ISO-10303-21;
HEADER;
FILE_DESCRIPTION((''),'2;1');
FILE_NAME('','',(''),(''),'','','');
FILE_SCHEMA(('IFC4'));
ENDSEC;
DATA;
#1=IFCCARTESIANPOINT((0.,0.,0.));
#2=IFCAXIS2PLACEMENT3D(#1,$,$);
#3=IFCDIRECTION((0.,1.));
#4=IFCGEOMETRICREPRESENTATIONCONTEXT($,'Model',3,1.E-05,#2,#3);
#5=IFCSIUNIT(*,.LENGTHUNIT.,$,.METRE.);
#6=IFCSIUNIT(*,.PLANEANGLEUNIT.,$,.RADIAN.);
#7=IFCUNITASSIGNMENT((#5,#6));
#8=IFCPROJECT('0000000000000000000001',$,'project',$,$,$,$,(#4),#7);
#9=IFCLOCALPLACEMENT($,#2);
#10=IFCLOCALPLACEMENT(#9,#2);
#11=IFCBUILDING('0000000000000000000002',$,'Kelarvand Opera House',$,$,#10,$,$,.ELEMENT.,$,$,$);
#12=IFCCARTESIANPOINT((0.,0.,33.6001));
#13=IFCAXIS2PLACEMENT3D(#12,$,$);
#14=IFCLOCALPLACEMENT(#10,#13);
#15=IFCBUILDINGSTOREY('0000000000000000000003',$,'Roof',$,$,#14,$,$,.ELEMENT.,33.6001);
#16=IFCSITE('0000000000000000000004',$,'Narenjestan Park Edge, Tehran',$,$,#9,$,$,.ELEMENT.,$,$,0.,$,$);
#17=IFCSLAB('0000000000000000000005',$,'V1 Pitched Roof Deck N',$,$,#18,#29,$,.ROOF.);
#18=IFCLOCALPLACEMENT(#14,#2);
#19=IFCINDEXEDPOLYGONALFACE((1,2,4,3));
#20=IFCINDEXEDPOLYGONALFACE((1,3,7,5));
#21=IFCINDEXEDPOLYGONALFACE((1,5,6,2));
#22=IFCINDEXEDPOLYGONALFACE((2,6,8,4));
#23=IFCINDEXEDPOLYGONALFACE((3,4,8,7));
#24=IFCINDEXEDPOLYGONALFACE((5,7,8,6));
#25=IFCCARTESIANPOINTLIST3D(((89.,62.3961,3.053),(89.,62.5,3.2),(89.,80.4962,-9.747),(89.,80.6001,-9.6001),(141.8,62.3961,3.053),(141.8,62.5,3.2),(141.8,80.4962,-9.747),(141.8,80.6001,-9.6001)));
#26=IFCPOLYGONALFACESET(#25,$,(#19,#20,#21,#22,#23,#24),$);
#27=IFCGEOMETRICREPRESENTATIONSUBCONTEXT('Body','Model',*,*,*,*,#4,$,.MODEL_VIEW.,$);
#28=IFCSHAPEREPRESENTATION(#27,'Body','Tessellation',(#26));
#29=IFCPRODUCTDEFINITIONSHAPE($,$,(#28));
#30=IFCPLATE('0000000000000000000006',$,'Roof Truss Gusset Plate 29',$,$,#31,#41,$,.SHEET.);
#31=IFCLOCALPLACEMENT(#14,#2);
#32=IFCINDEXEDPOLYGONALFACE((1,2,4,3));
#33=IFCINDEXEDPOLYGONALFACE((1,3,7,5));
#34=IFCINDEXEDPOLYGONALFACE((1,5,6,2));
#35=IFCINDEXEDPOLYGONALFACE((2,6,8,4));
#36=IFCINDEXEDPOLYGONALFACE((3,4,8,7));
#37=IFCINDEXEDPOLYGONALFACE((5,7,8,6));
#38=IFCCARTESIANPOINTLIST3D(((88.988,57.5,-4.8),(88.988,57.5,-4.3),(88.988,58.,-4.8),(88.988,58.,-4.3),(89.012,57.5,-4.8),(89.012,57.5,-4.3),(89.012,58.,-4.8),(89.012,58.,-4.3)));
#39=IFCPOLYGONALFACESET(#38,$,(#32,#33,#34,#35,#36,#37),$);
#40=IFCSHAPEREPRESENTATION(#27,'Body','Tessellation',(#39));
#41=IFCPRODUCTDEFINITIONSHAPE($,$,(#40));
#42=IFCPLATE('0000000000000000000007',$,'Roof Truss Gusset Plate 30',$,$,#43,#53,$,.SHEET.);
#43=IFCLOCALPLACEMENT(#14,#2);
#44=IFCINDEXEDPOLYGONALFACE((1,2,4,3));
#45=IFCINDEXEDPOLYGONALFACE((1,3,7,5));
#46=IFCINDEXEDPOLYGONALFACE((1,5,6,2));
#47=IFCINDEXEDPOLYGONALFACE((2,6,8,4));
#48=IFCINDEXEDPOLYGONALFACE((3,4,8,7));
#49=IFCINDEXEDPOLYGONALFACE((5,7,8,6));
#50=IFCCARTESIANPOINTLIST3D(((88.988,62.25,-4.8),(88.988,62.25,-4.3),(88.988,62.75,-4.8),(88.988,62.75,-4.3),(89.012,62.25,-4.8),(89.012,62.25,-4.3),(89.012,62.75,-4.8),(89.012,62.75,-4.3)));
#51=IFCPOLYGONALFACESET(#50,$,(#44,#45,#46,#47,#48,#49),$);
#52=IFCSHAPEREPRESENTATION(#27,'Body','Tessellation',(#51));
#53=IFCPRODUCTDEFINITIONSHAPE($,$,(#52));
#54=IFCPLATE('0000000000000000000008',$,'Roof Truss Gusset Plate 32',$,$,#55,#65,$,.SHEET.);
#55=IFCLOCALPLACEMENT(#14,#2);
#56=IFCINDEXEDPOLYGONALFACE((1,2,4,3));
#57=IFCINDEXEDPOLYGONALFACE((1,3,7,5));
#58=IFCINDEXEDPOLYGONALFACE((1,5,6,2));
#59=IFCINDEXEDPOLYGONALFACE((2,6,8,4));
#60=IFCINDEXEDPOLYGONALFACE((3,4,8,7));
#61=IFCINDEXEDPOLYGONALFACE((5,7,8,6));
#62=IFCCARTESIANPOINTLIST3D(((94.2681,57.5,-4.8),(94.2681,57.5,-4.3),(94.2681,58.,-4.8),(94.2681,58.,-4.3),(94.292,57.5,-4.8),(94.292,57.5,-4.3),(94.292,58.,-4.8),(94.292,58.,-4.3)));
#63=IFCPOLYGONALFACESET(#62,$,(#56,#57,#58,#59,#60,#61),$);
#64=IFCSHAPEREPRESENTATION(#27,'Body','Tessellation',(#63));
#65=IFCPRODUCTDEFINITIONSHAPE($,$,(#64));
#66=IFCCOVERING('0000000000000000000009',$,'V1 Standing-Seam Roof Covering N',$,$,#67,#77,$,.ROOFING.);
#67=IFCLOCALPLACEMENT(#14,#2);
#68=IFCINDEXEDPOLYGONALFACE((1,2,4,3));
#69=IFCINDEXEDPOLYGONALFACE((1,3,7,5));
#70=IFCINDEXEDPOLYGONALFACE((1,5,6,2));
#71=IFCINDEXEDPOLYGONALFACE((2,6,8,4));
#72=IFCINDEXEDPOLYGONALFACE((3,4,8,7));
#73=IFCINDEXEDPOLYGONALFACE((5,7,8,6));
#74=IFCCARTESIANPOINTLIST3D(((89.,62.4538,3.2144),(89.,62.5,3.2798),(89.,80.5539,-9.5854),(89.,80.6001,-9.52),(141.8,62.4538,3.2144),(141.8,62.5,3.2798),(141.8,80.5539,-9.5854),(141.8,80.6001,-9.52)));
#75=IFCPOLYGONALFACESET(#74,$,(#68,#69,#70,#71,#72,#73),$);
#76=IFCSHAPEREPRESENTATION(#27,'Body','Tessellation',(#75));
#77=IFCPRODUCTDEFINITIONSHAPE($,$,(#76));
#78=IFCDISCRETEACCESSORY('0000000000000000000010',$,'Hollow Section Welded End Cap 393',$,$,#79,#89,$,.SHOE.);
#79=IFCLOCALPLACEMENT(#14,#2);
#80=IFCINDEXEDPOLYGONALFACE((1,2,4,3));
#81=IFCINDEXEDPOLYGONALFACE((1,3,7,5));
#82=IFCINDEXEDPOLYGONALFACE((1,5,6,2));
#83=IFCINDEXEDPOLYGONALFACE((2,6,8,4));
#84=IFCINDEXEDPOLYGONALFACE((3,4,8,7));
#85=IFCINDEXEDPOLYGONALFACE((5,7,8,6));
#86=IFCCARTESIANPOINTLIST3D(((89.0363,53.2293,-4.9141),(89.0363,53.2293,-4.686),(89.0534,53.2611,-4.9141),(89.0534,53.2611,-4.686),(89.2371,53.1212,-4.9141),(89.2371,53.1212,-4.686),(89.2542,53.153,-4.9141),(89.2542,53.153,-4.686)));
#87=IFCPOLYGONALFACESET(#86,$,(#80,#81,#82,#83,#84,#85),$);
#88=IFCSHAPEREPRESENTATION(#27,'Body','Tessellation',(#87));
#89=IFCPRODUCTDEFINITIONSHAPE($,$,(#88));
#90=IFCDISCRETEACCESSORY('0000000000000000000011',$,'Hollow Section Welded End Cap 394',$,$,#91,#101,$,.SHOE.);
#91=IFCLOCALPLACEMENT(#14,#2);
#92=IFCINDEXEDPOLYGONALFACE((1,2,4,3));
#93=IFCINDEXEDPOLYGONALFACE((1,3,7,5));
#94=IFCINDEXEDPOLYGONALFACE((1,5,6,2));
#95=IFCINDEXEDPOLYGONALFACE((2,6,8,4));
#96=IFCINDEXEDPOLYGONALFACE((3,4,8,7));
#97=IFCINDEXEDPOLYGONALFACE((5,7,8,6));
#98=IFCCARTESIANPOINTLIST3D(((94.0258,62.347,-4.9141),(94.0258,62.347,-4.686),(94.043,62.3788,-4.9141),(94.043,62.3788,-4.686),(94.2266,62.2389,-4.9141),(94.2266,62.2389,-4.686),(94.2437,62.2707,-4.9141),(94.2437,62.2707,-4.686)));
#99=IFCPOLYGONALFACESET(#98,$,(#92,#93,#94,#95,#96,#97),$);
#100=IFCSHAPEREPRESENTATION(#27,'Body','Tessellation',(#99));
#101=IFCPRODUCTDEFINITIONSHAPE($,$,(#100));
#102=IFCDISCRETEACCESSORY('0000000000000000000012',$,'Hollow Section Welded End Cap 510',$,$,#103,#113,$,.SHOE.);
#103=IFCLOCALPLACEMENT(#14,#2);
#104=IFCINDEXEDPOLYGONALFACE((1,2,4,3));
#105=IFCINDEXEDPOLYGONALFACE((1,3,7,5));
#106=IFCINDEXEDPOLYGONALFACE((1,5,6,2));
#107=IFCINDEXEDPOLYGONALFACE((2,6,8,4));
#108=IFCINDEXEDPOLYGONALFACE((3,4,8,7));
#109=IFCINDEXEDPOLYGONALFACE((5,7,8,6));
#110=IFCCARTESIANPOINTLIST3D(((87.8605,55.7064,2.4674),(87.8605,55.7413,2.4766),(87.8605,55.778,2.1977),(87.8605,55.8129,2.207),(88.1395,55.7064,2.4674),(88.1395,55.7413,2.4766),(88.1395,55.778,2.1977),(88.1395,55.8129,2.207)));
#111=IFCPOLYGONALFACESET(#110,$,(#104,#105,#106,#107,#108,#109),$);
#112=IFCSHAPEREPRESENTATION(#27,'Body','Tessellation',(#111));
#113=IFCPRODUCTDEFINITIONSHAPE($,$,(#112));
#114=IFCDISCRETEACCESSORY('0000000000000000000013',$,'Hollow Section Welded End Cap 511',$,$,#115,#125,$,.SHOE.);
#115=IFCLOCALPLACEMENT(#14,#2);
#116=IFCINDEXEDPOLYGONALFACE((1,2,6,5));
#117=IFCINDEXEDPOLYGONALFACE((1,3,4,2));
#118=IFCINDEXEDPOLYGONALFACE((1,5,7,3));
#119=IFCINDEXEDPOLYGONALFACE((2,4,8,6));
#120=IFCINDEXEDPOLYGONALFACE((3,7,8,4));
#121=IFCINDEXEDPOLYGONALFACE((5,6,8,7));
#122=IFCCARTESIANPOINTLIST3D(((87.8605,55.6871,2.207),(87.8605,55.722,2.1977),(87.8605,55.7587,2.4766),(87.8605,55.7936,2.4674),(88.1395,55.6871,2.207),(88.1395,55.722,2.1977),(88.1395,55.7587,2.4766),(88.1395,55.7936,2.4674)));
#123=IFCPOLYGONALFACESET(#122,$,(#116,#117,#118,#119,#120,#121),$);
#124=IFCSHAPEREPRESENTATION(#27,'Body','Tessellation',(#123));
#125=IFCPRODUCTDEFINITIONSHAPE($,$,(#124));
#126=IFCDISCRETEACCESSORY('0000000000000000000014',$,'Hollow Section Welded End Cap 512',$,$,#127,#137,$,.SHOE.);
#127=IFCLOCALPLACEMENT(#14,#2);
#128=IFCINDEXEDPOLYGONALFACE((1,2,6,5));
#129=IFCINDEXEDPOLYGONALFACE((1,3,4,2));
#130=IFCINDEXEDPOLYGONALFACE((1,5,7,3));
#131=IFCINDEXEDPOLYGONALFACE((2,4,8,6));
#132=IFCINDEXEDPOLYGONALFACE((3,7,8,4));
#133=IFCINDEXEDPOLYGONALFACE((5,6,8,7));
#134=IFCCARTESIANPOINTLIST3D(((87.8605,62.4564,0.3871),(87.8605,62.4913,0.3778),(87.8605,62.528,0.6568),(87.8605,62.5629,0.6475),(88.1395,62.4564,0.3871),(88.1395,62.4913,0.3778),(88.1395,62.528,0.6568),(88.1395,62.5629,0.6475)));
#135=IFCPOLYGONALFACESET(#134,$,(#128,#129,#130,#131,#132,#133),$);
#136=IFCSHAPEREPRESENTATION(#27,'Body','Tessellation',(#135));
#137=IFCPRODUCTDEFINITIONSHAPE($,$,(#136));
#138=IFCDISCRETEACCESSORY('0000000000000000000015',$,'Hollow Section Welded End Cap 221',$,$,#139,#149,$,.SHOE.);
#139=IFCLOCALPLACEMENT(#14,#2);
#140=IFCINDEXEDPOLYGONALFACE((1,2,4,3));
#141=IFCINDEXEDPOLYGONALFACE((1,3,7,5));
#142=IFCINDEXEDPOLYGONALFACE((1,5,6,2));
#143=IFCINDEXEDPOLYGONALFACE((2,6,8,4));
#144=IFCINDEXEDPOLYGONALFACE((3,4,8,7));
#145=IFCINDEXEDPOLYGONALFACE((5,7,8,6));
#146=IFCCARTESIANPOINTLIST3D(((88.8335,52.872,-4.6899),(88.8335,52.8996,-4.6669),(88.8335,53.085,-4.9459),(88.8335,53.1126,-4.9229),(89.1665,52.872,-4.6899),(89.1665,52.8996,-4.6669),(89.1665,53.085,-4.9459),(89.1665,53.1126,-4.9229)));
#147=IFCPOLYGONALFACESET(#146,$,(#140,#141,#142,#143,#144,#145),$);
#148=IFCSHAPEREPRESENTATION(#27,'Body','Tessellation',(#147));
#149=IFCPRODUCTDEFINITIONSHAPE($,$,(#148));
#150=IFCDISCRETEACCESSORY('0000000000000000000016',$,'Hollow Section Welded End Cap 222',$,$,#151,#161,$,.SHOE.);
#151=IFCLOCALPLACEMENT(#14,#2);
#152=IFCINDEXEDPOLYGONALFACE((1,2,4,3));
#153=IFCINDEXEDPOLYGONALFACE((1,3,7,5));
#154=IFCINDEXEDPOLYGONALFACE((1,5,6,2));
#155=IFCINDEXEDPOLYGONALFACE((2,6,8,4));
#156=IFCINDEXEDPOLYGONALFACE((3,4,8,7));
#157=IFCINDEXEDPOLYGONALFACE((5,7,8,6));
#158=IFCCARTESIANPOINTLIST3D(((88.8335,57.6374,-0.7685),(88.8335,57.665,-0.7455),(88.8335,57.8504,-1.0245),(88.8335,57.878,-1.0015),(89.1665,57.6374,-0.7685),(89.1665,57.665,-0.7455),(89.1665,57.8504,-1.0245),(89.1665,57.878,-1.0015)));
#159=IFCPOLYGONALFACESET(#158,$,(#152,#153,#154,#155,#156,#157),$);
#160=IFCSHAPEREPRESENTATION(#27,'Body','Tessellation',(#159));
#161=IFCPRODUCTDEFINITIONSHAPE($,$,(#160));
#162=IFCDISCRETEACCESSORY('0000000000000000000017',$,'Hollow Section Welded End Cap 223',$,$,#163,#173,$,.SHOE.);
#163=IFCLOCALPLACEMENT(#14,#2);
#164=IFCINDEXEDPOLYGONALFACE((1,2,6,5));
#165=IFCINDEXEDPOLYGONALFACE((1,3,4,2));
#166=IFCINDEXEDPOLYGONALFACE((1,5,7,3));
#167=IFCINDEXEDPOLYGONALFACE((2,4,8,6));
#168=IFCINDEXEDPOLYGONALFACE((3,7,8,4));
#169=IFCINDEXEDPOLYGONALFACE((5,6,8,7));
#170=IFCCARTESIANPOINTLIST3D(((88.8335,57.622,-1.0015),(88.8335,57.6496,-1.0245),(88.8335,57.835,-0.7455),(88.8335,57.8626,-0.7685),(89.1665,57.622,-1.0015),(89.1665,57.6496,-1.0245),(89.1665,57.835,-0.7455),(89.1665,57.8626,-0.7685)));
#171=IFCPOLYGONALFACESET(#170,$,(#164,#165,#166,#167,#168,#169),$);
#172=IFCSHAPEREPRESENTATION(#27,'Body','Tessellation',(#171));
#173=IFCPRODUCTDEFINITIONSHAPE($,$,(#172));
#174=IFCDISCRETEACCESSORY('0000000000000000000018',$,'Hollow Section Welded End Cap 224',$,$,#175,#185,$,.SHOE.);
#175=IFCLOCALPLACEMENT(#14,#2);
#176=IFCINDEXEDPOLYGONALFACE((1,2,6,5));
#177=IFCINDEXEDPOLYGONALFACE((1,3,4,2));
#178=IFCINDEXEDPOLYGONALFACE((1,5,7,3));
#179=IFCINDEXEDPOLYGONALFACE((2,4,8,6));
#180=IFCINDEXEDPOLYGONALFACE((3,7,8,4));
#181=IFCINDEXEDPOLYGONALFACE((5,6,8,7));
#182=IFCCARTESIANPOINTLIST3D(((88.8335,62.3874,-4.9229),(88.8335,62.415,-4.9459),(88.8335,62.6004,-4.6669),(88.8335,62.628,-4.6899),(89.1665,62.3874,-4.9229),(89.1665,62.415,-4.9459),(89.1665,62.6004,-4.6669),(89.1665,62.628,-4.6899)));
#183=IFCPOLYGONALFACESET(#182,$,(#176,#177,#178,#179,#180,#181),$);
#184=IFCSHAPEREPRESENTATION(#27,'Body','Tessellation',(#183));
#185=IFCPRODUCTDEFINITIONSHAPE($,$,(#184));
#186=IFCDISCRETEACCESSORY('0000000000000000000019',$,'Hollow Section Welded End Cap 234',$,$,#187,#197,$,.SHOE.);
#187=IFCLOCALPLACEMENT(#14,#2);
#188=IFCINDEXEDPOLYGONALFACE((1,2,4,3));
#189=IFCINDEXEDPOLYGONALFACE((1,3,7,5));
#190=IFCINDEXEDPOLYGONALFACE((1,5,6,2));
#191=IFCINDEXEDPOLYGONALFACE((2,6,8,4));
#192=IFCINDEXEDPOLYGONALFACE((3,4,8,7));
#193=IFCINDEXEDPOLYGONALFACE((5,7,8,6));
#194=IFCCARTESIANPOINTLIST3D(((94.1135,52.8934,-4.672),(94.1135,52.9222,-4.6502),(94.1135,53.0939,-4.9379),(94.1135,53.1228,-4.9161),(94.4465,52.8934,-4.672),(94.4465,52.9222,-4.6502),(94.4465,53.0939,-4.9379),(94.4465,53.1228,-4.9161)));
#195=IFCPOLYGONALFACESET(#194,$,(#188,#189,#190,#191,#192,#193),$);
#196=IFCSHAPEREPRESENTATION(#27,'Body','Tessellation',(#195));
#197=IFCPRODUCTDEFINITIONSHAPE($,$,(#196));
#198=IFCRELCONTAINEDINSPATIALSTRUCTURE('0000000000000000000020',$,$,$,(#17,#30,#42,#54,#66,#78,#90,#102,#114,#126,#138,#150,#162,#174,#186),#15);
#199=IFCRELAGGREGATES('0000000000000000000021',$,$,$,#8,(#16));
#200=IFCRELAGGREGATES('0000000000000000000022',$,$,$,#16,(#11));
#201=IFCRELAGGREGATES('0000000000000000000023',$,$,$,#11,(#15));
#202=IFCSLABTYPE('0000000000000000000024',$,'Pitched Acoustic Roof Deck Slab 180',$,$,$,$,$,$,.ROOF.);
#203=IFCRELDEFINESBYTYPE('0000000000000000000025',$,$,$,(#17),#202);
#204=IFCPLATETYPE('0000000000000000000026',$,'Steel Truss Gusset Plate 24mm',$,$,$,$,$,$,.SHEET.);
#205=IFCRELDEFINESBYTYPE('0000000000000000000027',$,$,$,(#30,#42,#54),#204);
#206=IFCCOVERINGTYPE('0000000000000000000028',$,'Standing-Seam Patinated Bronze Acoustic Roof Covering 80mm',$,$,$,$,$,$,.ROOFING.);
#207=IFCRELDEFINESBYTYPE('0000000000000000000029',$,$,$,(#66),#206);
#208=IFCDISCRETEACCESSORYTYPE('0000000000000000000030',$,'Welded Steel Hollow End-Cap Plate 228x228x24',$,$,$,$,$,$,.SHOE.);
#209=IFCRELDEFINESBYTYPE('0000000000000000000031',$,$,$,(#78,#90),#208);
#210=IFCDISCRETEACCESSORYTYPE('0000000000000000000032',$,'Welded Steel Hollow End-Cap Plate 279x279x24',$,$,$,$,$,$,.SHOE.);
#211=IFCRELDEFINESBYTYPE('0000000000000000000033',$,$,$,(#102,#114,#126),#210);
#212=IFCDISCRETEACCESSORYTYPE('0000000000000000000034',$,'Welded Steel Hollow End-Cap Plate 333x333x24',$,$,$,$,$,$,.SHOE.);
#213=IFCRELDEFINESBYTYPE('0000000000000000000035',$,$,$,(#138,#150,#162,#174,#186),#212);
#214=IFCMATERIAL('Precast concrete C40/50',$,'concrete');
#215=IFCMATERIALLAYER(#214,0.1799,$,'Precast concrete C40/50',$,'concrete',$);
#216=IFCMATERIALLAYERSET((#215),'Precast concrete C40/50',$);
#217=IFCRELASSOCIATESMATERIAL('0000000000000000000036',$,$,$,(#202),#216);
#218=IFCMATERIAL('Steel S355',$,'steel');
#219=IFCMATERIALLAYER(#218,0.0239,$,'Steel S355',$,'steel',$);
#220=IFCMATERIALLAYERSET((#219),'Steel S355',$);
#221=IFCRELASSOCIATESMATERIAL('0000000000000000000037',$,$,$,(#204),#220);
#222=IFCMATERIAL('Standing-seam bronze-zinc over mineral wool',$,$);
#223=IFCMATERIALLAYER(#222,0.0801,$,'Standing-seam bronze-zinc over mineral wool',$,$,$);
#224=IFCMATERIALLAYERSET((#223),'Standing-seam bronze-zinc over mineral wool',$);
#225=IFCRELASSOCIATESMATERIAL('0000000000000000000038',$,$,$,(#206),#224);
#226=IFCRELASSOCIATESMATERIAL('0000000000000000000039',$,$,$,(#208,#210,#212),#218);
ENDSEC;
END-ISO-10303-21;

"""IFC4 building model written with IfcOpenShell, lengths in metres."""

from ifc_helpers import new_model, si_unit, direction, frame, origin, origin_2d, place, context, subcontext, project, spatial, polyline, rectangle, outline, extrude, material, layer, layer_set, material_profile, profile_set, type_object, element, save


model = new_model("IFC4")

# Units and contexts
model_context = context("Model", 3, precision=1e-05, world=origin(), true_north=direction((0.0, 1.0)))
body_context = subcontext(model_context, "Body", "Model", "MODEL_VIEW")
ifc_project = project(units=[si_unit("LENGTHUNIT", "METRE"), si_unit("PLANEANGLEUNIT", "RADIAN")], contexts=[model_context])

# Site, building, storey
site_placement = place(None, origin())
site = spatial("IfcSite", under=ifc_project, at=site_placement, Name="Narenjestan Park Edge, Tehran", CompositionType="ELEMENT", RefElevation=0.0)
building_placement = place(site_placement, origin())
building = spatial("IfcBuilding", under=site, at=building_placement, Name="Kelarvand Opera House", CompositionType="ELEMENT")
storey_placement = place(building_placement, frame((0.0, 0.0, 33.6001)))
storey = spatial("IfcBuildingStorey", under=building, at=storey_placement, Name="Roof", CompositionType="ELEMENT", Elevation=33.6001)

# Shared definitions
ifc_material_1 = material(Name="Steel S355", Category="steel")

# Slab
ifc_material_2 = material(Name="Precast concrete C40/50", Category="concrete")
ifc_layer_1 = layer(ifc_material_2, 0.1799, Name="Precast concrete C40/50", Category="concrete")
ifc_layer_set_1 = layer_set([ifc_layer_1], Name="Precast concrete C40/50")
slab_type = type_object("IfcSlabType", Name="Pitched Acoustic Roof Deck Slab 180", PredefinedType="ROOF", material=ifc_layer_set_1)
slab_placement = place(storey_placement, frame((89.0, 62.5, 3.2), z_axis=(0.0, 0.577391, 0.816468), x_axis=(1.0, 0.0, 0.0)))
element("IfcSlab", 1, at=slab_placement, inside=storey, type_object=slab_type, Name="V1 Pitched Roof Deck N", PredefinedType="ROOF", context=body_context, shape_type="SweptSolid", body=[
    extrude(outline(polyline([(0.0, 0.0), (52.8, 0.0), (52.8, 22.1688), (0.0, 22.1688), (0.0, 0.0)])), origin(), (0.0, 0.0, -1.0), 0.1799),
])

# Plates
ifc_layer_2 = layer(ifc_material_1, 0.0239, Name="Steel S355", Category="steel")
ifc_layer_set_2 = layer_set([ifc_layer_2], Name="Steel S355")
plate_type = type_object("IfcPlateType", Name="Steel Truss Gusset Plate 24mm", PredefinedType="SHEET", material=ifc_layer_set_2)
for number, where, z_axis, x_axis, name in (
    (2, (89.0, 57.75, -4.8), (0.0, 0.0, 1.0), (1.0, 0.0, 0.0), "Roof Truss Gusset Plate 29"),
    (3, (89.0, 62.5, -4.8), (0.0, 0.0, 1.0), (1.0, 0.0, 0.0), "Roof Truss Gusset Plate 30"),
    (4, (94.28, 57.75, -4.8), (0.0, 0.0, 1.0), (1.0, 0.0, 0.0), "Roof Truss Gusset Plate 32"),
):
    element("IfcPlate", number, at=place(storey_placement, frame(where, z_axis=z_axis, x_axis=x_axis)), inside=storey, type_object=plate_type, Name=name, PredefinedType="SHEET", context=body_context, shape_type="SweptSolid", body=[
        extrude(rectangle(XDim=0.0239, YDim=0.5, at=origin_2d()), origin(), (0.0, 0.0, 1.0), 0.5),
    ])

# Covering
ifc_material_3 = material(Name="Standing-seam bronze-zinc over mineral wool")
ifc_layer_3 = layer(ifc_material_3, 0.0801, Name="Standing-seam bronze-zinc over mineral wool")
ifc_layer_set_3 = layer_set([ifc_layer_3], Name="Standing-seam bronze-zinc over mineral wool")
covering_type = type_object("IfcCoveringType", Name="Standing-Seam Patinated Bronze Acoustic Roof Covering 80mm", PredefinedType="ROOFING", material=ifc_layer_set_3)
covering_placement = place(storey_placement, frame((89.0, 62.5, 3.2798), z_axis=(0.0, 0.577383, 0.816473), x_axis=(1.0, 0.0, 0.0)))
element("IfcCovering", 5, at=covering_placement, inside=storey, type_object=covering_type, Name="V1 Standing-Seam Roof Covering N", PredefinedType="ROOFING", context=body_context, shape_type="SweptSolid", body=[
    extrude(outline(polyline([(0.0, 0.0), (52.8, 0.0), (52.8, 22.1686), (0.0, 22.1686), (0.0, 0.0)])), origin(), (0.0, 0.0, -1.0), 0.0801),
])

# Discrete accessories
ifc_material_profile_1 = material_profile(ifc_material_1, rectangle(XDim=0.228, YDim=0.228, at=origin_2d()), Name="Welded Steel Hollow End-Cap Plate 228x228x24", Category="steel")
ifc_profile_set_1 = profile_set([ifc_material_profile_1], Name="Steel S355")
discrete_accessory_type_1 = type_object("IfcDiscreteAccessoryType", Name="Welded Steel Hollow End-Cap Plate 228x228x24", PredefinedType="SHOE", material=ifc_profile_set_1)
for number, where, z_axis, x_axis, name in (
    (6, (89.1538, 53.207, -4.8), (-0.4741, -0.880471, 0.0), (0.880471, -0.4741, 0.0), "Hollow Section Welded End Cap 393"),
    (7, (94.1262, 62.293, -4.8), (0.4741, 0.880471, 0.0), (-0.880471, 0.4741, 0.0), "Hollow Section Welded End Cap 394"),
):
    element("IfcDiscreteAccessory", number, at=place(storey_placement, frame(where, z_axis=z_axis, x_axis=x_axis)), inside=storey, type_object=discrete_accessory_type_1, Name=name, PredefinedType="SHOE", context=body_context, shape_type="SweptSolid", body=[
        extrude(rectangle(XDim=0.228, YDim=0.228, at=origin_2d()), origin(), (0.0, 0.0, 1.0), 0.0361),
    ])
ifc_material_profile_2 = material_profile(ifc_material_1, rectangle(XDim=0.2791, YDim=0.2791, at=origin_2d()), Name="Welded Steel Hollow End-Cap Plate 279x279x24", Category="steel")
ifc_profile_set_2 = profile_set([ifc_material_profile_2], Name="Steel S355")
discrete_accessory_type_2 = type_object("IfcDiscreteAccessoryType", Name="Welded Steel Hollow End-Cap Plate 279x279x24", PredefinedType="SHOE", material=ifc_profile_set_2)
for number, where, z_axis, x_axis, name in (
    (8, (88.0, 55.7422, 2.3325), (0.0, 0.966459, 0.256821), (-1.0, 0.0, 0.0), "Hollow Section Welded End Cap 510"),
    (9, (88.0, 55.7578, 2.3325), (0.0, -0.966459, 0.256821), (1.0, 0.0, 0.0), "Hollow Section Welded End Cap 511"),
    (10, (88.0, 62.4922, 0.522), (0.0, 0.966459, -0.256821), (-1.0, 0.0, 0.0), "Hollow Section Welded End Cap 512"),
):
    element("IfcDiscreteAccessory", number, at=place(storey_placement, frame(where, z_axis=z_axis, x_axis=x_axis)), inside=storey, type_object=discrete_accessory_type_2, Name=name, PredefinedType="SHOE", context=body_context, shape_type="SweptSolid", body=[
        extrude(rectangle(XDim=0.2791, YDim=0.2791, at=origin_2d()), origin(), (0.0, 0.0, 1.0), 0.0361),
    ])
ifc_material_profile_3 = material_profile(ifc_material_1, rectangle(XDim=0.333, YDim=0.333, at=origin_2d()), Name="Welded Steel Hollow End-Cap Plate 333x333x24", Category="steel")
ifc_profile_set_3 = profile_set([ifc_material_profile_3], Name="Steel S355")
discrete_accessory_type_3 = type_object("IfcDiscreteAccessoryType", Name="Welded Steel Hollow End-Cap Plate 333x333x24", PredefinedType="SHOE", material=ifc_profile_set_3)
for number, where, z_axis, x_axis, name in (
    (11, (89.0, 53.0061, -4.7949), (0.0, -0.768779, -0.639515), (1.0, 0.0, 0.0), "Hollow Section Welded End Cap 221"),
    (12, (89.0, 57.7439, -0.8965), (0.0, 0.768779, 0.639515), (-1.0, 0.0, 0.0), "Hollow Section Welded End Cap 222"),
    (13, (89.0, 57.7561, -0.8965), (0.0, -0.768779, 0.639515), (1.0, 0.0, 0.0), "Hollow Section Welded End Cap 223"),
    (14, (89.0, 62.4939, -4.7949), (0.0, 0.768779, -0.639515), (-1.0, 0.0, 0.0), "Hollow Section Welded End Cap 224"),
):
    element("IfcDiscreteAccessory", number, at=place(storey_placement, frame(where, z_axis=z_axis, x_axis=x_axis)), inside=storey, type_object=discrete_accessory_type_3, Name=name, PredefinedType="SHOE", context=body_context, shape_type="SweptSolid", body=[
        extrude(rectangle(XDim=0.333, YDim=0.333, at=origin_2d()), origin(), (0.0, 0.0, 1.0), 0.0359),
    ])
discrete_accessory_placement = place(storey_placement, frame((94.28, 52.9937, -4.8049), z_axis=(0.0, 0.798373, 0.602163), x_axis=(-1.0, 0.0, 0.0)))
element("IfcDiscreteAccessory", 15, at=discrete_accessory_placement, inside=storey, type_object=discrete_accessory_type_3, Name="Hollow Section Welded End Cap 234", PredefinedType="SHOE", context=body_context, shape_type="SweptSolid", body=[
    extrude(rectangle(XDim=0.333, YDim=0.333, at=origin_2d()), origin(), (0.0, 0.0, 1.0), 0.0361),
])

save(model, "model.ifc")
